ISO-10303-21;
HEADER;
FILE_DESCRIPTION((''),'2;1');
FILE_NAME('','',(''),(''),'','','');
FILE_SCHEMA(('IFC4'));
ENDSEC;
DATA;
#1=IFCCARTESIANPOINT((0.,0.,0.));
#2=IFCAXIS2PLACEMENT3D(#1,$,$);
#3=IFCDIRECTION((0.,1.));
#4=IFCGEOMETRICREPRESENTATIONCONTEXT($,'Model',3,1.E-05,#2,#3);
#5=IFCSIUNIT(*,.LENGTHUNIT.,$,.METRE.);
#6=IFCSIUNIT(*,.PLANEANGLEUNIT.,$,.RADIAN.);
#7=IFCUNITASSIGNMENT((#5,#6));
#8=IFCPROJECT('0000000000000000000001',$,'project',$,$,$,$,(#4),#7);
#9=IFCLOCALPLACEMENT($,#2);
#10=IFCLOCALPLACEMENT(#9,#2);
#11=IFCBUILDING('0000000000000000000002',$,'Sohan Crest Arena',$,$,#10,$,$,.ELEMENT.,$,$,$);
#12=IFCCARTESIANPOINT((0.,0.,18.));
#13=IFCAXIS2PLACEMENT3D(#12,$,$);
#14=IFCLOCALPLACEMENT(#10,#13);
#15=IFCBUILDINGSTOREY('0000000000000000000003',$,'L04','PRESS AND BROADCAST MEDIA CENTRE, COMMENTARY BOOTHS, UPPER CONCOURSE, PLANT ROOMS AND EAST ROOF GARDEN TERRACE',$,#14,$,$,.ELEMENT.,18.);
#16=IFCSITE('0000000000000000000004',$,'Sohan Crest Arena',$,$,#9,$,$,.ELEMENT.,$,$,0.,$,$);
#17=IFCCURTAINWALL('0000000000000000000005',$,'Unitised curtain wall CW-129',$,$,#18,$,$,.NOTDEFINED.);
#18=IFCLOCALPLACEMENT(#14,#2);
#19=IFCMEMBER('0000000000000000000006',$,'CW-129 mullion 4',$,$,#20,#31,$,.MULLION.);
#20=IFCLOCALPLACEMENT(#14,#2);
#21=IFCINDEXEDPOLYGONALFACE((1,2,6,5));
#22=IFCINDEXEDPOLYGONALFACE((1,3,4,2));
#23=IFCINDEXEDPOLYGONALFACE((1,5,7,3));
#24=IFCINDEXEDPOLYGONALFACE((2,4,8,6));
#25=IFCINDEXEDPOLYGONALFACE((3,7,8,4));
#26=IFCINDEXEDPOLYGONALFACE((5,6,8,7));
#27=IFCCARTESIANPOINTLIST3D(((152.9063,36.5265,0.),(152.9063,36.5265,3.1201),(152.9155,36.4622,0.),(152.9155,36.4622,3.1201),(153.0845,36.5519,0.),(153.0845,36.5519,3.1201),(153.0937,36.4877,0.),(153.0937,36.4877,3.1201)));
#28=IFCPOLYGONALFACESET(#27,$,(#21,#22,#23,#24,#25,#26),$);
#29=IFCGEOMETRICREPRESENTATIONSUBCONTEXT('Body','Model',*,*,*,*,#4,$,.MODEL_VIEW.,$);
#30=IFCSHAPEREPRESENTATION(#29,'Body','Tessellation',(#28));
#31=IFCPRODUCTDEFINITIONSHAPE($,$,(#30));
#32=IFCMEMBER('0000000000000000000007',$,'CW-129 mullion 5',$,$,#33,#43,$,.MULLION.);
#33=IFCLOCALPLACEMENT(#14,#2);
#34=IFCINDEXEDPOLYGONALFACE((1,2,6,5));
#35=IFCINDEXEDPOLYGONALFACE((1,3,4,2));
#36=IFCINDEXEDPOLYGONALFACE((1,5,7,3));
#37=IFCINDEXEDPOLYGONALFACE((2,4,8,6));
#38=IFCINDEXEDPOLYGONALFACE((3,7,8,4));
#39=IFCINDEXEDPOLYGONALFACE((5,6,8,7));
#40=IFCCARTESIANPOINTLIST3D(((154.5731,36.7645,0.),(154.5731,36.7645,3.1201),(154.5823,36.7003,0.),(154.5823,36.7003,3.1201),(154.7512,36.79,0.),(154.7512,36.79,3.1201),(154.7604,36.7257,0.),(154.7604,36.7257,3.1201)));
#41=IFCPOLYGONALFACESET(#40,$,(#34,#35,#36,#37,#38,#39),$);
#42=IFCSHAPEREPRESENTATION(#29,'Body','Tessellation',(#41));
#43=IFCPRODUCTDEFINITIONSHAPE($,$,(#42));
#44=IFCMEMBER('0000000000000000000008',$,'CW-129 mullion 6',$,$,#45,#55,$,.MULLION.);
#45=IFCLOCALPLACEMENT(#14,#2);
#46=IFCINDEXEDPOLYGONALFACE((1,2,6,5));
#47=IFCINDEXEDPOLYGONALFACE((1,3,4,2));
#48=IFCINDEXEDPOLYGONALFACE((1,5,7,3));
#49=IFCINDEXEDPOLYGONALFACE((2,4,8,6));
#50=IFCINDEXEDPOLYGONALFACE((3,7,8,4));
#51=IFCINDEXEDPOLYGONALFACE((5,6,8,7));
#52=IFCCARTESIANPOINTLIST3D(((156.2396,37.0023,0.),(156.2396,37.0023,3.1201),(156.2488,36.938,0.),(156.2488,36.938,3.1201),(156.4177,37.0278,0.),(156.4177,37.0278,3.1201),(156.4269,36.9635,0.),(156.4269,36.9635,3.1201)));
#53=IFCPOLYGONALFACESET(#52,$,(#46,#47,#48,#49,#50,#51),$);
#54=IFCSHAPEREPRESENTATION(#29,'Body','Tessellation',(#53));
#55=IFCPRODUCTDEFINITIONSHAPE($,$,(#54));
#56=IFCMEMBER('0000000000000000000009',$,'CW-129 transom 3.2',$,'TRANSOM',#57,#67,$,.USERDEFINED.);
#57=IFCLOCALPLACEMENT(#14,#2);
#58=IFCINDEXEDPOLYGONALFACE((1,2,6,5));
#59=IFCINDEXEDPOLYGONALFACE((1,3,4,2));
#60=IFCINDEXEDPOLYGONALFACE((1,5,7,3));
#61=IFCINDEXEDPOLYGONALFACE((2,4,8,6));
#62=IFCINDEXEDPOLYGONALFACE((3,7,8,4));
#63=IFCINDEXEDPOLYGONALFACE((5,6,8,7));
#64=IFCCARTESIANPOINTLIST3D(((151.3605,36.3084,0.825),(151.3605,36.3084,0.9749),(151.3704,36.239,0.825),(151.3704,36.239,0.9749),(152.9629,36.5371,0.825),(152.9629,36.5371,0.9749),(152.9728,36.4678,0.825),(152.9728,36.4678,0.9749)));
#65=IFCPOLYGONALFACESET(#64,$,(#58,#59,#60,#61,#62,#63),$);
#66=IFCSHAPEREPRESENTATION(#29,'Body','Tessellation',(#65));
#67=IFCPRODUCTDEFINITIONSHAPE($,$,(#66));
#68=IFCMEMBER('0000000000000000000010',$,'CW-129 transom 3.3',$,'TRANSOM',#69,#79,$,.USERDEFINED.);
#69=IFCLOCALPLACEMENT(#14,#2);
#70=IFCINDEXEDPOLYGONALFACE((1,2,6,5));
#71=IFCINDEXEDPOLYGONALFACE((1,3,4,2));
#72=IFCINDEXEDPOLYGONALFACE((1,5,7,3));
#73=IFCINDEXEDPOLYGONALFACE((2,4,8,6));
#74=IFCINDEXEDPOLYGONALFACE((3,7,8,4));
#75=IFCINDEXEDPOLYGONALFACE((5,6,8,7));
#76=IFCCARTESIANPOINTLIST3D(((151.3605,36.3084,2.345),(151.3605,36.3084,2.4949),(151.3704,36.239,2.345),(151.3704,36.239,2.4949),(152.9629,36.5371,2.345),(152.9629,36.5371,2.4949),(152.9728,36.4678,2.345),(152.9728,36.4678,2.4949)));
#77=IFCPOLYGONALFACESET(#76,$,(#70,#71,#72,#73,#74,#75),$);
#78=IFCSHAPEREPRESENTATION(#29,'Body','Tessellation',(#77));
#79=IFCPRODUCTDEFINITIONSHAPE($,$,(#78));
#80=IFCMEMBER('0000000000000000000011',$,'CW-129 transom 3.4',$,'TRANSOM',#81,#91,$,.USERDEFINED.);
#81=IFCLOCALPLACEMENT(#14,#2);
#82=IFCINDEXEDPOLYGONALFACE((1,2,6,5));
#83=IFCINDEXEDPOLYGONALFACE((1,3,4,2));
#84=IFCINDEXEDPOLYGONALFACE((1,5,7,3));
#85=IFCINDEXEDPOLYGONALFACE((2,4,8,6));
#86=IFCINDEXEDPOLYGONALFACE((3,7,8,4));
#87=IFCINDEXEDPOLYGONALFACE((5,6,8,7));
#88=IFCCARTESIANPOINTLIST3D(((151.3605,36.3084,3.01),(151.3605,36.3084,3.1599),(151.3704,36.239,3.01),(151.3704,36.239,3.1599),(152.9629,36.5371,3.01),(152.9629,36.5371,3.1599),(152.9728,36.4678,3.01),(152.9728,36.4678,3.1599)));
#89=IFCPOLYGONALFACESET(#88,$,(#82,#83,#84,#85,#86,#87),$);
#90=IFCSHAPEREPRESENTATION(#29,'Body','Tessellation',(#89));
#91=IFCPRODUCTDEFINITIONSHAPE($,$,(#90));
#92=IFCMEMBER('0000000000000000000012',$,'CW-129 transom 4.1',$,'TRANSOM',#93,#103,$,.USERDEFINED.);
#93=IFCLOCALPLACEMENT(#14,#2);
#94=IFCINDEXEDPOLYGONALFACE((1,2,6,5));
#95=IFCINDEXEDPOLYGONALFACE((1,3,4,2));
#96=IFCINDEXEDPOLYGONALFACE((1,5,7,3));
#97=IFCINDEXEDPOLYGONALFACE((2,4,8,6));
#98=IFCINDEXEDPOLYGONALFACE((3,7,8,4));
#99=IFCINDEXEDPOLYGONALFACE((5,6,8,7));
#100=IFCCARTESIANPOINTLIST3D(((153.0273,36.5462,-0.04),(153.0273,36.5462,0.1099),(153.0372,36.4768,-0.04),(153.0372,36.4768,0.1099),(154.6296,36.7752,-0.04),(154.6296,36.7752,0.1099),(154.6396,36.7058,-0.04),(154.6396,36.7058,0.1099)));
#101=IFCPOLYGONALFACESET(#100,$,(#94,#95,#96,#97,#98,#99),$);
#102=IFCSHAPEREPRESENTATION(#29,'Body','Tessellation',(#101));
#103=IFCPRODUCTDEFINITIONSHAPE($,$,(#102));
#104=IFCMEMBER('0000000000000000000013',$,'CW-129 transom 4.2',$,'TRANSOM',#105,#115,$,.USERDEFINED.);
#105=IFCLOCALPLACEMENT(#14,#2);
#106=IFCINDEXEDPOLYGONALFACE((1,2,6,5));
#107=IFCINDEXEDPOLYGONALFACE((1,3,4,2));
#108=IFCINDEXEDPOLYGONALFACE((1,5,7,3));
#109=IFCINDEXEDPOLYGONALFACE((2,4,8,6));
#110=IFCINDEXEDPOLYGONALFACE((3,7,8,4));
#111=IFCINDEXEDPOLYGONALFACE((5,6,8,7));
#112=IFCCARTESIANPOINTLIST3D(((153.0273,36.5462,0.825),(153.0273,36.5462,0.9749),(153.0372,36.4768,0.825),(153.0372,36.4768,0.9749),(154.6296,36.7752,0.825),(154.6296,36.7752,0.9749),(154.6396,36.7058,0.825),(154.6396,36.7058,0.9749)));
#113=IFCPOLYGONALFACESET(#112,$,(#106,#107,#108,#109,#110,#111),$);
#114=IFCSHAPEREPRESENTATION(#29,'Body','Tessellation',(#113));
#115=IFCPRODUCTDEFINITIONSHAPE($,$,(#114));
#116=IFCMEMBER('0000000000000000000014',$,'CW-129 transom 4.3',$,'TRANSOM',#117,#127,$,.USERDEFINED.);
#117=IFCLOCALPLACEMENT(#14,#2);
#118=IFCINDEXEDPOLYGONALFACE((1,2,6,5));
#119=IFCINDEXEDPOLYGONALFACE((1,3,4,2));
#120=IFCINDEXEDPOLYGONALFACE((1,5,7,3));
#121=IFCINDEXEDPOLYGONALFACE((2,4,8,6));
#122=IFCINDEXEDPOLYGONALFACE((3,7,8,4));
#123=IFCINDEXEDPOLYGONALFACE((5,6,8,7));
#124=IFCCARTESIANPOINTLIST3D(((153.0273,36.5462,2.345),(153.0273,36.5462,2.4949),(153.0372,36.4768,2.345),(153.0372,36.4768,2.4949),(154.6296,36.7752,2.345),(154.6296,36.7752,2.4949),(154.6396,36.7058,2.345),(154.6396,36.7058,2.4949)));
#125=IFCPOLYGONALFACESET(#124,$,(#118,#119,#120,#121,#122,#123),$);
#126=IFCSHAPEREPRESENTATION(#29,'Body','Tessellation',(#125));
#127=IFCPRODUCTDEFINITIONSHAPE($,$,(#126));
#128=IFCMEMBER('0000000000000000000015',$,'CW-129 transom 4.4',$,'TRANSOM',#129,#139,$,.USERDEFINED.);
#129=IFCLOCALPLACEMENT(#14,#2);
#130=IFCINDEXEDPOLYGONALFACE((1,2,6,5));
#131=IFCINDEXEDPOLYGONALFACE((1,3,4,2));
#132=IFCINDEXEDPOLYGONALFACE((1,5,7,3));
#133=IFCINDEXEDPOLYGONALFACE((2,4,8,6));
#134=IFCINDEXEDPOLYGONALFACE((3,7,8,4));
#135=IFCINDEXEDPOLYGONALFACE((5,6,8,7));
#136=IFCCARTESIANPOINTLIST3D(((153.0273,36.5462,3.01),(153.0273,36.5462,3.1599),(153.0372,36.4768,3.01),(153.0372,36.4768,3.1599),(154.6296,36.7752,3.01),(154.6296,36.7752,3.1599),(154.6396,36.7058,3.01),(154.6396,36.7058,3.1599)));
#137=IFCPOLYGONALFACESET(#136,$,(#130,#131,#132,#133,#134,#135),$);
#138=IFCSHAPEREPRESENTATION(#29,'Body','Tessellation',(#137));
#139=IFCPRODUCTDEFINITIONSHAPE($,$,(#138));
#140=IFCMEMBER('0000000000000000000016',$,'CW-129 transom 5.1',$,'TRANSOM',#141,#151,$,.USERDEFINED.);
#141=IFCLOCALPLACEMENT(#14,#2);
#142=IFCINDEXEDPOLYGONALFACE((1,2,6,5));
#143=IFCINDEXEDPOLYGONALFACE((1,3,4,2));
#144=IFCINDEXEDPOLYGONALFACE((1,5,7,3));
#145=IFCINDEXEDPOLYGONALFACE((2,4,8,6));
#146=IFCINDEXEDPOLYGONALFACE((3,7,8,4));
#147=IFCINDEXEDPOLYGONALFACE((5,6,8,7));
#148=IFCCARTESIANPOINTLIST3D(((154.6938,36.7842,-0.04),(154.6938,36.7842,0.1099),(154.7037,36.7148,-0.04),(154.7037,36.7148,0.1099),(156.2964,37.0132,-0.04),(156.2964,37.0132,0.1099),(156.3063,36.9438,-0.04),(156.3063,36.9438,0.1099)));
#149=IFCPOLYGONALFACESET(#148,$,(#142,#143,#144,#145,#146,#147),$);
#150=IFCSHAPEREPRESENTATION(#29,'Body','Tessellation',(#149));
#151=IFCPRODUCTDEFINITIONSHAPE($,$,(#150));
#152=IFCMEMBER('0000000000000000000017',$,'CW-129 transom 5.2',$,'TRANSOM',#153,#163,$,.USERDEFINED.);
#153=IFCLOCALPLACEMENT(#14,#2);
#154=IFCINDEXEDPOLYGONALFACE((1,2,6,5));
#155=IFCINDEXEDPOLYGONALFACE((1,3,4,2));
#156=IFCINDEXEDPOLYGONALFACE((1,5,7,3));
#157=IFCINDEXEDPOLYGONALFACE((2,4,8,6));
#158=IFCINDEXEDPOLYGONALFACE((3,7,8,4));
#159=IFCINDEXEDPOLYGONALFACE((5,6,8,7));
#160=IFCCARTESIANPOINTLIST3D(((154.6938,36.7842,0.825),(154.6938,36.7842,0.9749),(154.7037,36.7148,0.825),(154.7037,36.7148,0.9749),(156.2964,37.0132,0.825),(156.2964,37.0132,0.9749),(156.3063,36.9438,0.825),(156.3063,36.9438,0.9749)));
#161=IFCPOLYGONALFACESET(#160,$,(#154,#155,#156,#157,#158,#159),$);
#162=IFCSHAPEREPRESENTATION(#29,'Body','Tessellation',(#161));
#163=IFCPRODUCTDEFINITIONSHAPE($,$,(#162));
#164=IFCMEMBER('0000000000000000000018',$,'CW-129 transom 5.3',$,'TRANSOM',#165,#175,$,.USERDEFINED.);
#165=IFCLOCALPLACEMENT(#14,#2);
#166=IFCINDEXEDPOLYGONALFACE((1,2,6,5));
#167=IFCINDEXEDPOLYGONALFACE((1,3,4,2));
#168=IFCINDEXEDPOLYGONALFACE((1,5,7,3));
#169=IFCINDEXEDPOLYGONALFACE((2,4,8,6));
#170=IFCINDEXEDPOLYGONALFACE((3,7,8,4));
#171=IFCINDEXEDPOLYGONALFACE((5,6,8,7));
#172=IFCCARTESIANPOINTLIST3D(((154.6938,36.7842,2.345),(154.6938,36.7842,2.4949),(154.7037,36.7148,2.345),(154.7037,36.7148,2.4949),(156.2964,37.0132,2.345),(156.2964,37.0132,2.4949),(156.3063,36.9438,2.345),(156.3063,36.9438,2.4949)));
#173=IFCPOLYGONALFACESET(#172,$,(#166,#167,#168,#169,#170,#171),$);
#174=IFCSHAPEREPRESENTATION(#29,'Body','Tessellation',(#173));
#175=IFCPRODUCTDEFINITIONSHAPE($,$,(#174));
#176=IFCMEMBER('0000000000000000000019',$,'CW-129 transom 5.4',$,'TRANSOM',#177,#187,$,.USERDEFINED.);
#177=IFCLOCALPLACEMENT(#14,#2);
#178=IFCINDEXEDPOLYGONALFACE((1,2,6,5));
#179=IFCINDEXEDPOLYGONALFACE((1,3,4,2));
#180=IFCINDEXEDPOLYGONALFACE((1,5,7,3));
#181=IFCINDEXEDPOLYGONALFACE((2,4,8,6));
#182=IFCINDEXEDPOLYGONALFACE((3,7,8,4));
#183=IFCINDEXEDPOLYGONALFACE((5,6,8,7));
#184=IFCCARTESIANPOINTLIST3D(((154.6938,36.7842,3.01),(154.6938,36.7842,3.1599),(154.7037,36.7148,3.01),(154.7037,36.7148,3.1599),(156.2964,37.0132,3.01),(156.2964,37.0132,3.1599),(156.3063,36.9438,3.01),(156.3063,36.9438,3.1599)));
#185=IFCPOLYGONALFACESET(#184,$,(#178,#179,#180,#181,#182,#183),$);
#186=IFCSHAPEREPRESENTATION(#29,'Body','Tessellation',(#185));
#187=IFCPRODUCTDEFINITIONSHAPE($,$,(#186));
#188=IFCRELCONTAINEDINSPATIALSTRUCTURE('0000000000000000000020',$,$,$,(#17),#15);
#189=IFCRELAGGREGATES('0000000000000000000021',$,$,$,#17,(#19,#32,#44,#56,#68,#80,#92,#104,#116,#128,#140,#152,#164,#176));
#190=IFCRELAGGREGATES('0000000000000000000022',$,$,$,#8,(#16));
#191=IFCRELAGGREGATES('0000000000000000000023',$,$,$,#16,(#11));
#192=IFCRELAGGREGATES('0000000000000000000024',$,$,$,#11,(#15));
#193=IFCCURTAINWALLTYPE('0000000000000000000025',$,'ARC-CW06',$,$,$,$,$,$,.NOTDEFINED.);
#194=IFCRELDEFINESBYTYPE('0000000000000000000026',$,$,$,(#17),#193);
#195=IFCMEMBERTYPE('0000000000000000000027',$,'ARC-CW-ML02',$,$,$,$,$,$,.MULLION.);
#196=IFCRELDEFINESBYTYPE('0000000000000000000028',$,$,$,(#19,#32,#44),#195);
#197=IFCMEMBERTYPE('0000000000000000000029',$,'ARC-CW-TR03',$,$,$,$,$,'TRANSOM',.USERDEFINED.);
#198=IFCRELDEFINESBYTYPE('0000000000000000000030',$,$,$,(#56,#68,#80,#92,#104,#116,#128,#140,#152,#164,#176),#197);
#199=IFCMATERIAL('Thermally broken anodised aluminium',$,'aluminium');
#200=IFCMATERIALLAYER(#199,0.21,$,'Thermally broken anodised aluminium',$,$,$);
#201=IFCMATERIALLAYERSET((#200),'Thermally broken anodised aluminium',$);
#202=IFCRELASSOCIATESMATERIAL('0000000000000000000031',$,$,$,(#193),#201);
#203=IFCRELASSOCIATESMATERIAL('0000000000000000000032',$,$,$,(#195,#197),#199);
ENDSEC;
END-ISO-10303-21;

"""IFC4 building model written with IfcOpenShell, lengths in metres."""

from ifc_helpers import new_model, si_unit, direction, frame, origin, origin_2d, place, context, subcontext, project, spatial, rectangle, extrude, material, layer, layer_set, material_profile, profile_set, type_object, element, aggregate, save


model = new_model("IFC4")

# Units and contexts
model_context = context("Model", 3, precision=1e-05, world=origin(), true_north=direction((0.0, 1.0)))
body_context = subcontext(model_context, "Body", "Model", "MODEL_VIEW")
ifc_project = project(units=[si_unit("LENGTHUNIT", "METRE"), si_unit("PLANEANGLEUNIT", "RADIAN")], contexts=[model_context])

# Site, building, storey
site_placement = place(None, origin())
site = spatial("IfcSite", under=ifc_project, at=site_placement, Name="Sohan Crest Arena", CompositionType="ELEMENT", RefElevation=0.0)
building_placement = place(site_placement, origin())
building = spatial("IfcBuilding", under=site, at=building_placement, Name="Sohan Crest Arena", CompositionType="ELEMENT")
storey_placement = place(building_placement, frame((0.0, 0.0, 18.0)))
storey = spatial("IfcBuildingStorey", under=building, at=storey_placement, Name="L04", Description="PRESS AND BROADCAST MEDIA CENTRE, COMMENTARY BOOTHS, UPPER CONCOURSE, PLANT ROOMS AND EAST ROOF GARDEN TERRACE", CompositionType="ELEMENT", Elevation=18.0)

# Curtain wall, members
ifc_material_1 = material(Name="Thermally broken anodised aluminium", Category="aluminium")
ifc_layer_1 = layer(ifc_material_1, 0.21, Name="Thermally broken anodised aluminium")
ifc_layer_set_1 = layer_set([ifc_layer_1], Name="Thermally broken anodised aluminium")
curtain_wall_type = type_object("IfcCurtainWallType", Name="ARC-CW06", PredefinedType="NOTDEFINED", material=ifc_layer_set_1)
curtain_wall_placement = place(storey_placement, origin())
curtain_wall = element("IfcCurtainWall", 1, at=curtain_wall_placement, inside=storey, type_object=curtain_wall_type, Name="Unitised curtain wall CW-129", PredefinedType="NOTDEFINED")
ifc_material_profile_1 = material_profile(ifc_material_1, rectangle(XDim=0.0649, YDim=0.1799, at=origin_2d()), Name="ALU-MULL 65x180")
ifc_profile_set_1 = profile_set([ifc_material_profile_1], Name="Thermally broken anodised aluminium")
member_type_1 = type_object("IfcMemberType", Name="ARC-CW-ML02", PredefinedType="MULLION", material=ifc_profile_set_1)
member_1_placement = place(storey_placement, frame((153.0, 36.5071, 0.0), z_axis=(0.0, 0.0, 1.0), x_axis=(-0.141366, 0.989957, 0.0)))
member_1 = element("IfcMember", 2, at=member_1_placement, type_object=member_type_1, Name="CW-129 mullion 4", PredefinedType="MULLION", context=body_context, shape_type="SweptSolid", body=[
    extrude(rectangle(XDim=0.0649, YDim=0.1799, at=origin_2d()), origin(), (0.0, 0.0, 1.0), 3.1201),
])
member_2_placement = place(storey_placement, frame((154.6667, 36.7451, 0.0), z_axis=(0.0, 0.0, 1.0), x_axis=(-0.141366, 0.989957, 0.0)))
member_2 = element("IfcMember", 3, at=member_2_placement, type_object=member_type_1, Name="CW-129 mullion 5", PredefinedType="MULLION", context=body_context, shape_type="SweptSolid", body=[
    extrude(rectangle(XDim=0.0649, YDim=0.1799, at=origin_2d()), origin(), (0.0, 0.0, 1.0), 3.1201),
])
member_3_placement = place(storey_placement, frame((156.3333, 36.9829, 0.0), z_axis=(0.0, 0.0, 1.0), x_axis=(-0.141366, 0.989957, 0.0)))
member_3 = element("IfcMember", 4, at=member_3_placement, type_object=member_type_1, Name="CW-129 mullion 6", PredefinedType="MULLION", context=body_context, shape_type="SweptSolid", body=[
    extrude(rectangle(XDim=0.0649, YDim=0.1799, at=origin_2d()), origin(), (0.0, 0.0, 1.0), 3.1201),
])
ifc_material_profile_2 = material_profile(ifc_material_1, rectangle(XDim=0.0701, YDim=0.1499, at=origin_2d()), Name="ALU-TRAN 70x150")
ifc_profile_set_2 = profile_set([ifc_material_profile_2], Name="Thermally broken anodised aluminium")
member_type_2 = type_object("IfcMemberType", Name="ARC-CW-TR03", ElementType="TRANSOM", PredefinedType="USERDEFINED", material=ifc_profile_set_2)
member_4_placement = place(storey_placement, frame((151.3655, 36.2737, 0.8999), z_axis=(0.989962, 0.141337, 0.0), x_axis=(-0.141337, 0.989962, 0.0)))
member_4 = element("IfcMember", 5, at=member_4_placement, type_object=member_type_2, Name="CW-129 transom 3.2", ObjectType="TRANSOM", PredefinedType="USERDEFINED", context=body_context, shape_type="SweptSolid", body=[
    extrude(rectangle(XDim=0.0701, YDim=0.1499, at=origin_2d()), origin(), (0.0, 0.0, 1.0), 1.6187),
])
member_5_placement = place(storey_placement, frame((151.3655, 36.2737, 2.4199), z_axis=(0.989962, 0.141337, 0.0), x_axis=(-0.141337, 0.989962, 0.0)))
member_5 = element("IfcMember", 6, at=member_5_placement, type_object=member_type_2, Name="CW-129 transom 3.3", ObjectType="TRANSOM", PredefinedType="USERDEFINED", context=body_context, shape_type="SweptSolid", body=[
    extrude(rectangle(XDim=0.0701, YDim=0.1499, at=origin_2d()), origin(), (0.0, 0.0, 1.0), 1.6187),
])
member_6_placement = place(storey_placement, frame((151.3655, 36.2737, 3.085), z_axis=(0.989962, 0.141337, 0.0), x_axis=(-0.141337, 0.989962, 0.0)))
member_6 = element("IfcMember", 7, at=member_6_placement, type_object=member_type_2, Name="CW-129 transom 3.4", ObjectType="TRANSOM", PredefinedType="USERDEFINED", context=body_context, shape_type="SweptSolid", body=[
    extrude(rectangle(XDim=0.0701, YDim=0.1499, at=origin_2d()), origin(), (0.0, 0.0, 1.0), 1.6187),
])
member_7_placement = place(storey_placement, frame((153.0322, 36.5115, 0.0349), z_axis=(0.98994, 0.141485, 0.0), x_axis=(-0.141485, 0.98994, 0.0)))
member_7 = element("IfcMember", 8, at=member_7_placement, type_object=member_type_2, Name="CW-129 transom 4.1", ObjectType="TRANSOM", PredefinedType="USERDEFINED", context=body_context, shape_type="SweptSolid", body=[
    extrude(rectangle(XDim=0.0701, YDim=0.1499, at=origin_2d()), origin(), (0.0, 0.0, 1.0), 1.6187),
])
member_8_placement = place(storey_placement, frame((153.0322, 36.5115, 0.8999), z_axis=(0.98994, 0.141485, 0.0), x_axis=(-0.141485, 0.98994, 0.0)))
member_8 = element("IfcMember", 9, at=member_8_placement, type_object=member_type_2, Name="CW-129 transom 4.2", ObjectType="TRANSOM", PredefinedType="USERDEFINED", context=body_context, shape_type="SweptSolid", body=[
    extrude(rectangle(XDim=0.0701, YDim=0.1499, at=origin_2d()), origin(), (0.0, 0.0, 1.0), 1.6187),
])
member_9_placement = place(storey_placement, frame((153.0322, 36.5115, 2.4199), z_axis=(0.98994, 0.141485, 0.0), x_axis=(-0.141485, 0.98994, 0.0)))
member_9 = element("IfcMember", 10, at=member_9_placement, type_object=member_type_2, Name="CW-129 transom 4.3", ObjectType="TRANSOM", PredefinedType="USERDEFINED", context=body_context, shape_type="SweptSolid", body=[
    extrude(rectangle(XDim=0.0701, YDim=0.1499, at=origin_2d()), origin(), (0.0, 0.0, 1.0), 1.6187),
])
member_10_placement = place(storey_placement, frame((153.0322, 36.5115, 3.085), z_axis=(0.98994, 0.141485, 0.0), x_axis=(-0.141485, 0.98994, 0.0)))
member_10 = element("IfcMember", 11, at=member_10_placement, type_object=member_type_2, Name="CW-129 transom 4.4", ObjectType="TRANSOM", PredefinedType="USERDEFINED", context=body_context, shape_type="SweptSolid", body=[
    extrude(rectangle(XDim=0.0701, YDim=0.1499, at=origin_2d()), origin(), (0.0, 0.0, 1.0), 1.6187),
])
member_11_placement = place(storey_placement, frame((154.6987, 36.7495, 0.0349), z_axis=(0.989943, 0.141464, 0.0), x_axis=(-0.141464, 0.989943, 0.0)))
member_11 = element("IfcMember", 12, at=member_11_placement, type_object=member_type_2, Name="CW-129 transom 5.1", ObjectType="TRANSOM", PredefinedType="USERDEFINED", context=body_context, shape_type="SweptSolid", body=[
    extrude(rectangle(XDim=0.0701, YDim=0.1499, at=origin_2d()), origin(), (0.0, 0.0, 1.0), 1.6189),
])
member_12_placement = place(storey_placement, frame((154.6987, 36.7495, 0.8999), z_axis=(0.989943, 0.141464, 0.0), x_axis=(-0.141464, 0.989943, 0.0)))
member_12 = element("IfcMember", 13, at=member_12_placement, type_object=member_type_2, Name="CW-129 transom 5.2", ObjectType="TRANSOM", PredefinedType="USERDEFINED", context=body_context, shape_type="SweptSolid", body=[
    extrude(rectangle(XDim=0.0701, YDim=0.1499, at=origin_2d()), origin(), (0.0, 0.0, 1.0), 1.6189),
])
member_13_placement = place(storey_placement, frame((154.6987, 36.7495, 2.4199), z_axis=(0.989943, 0.141464, 0.0), x_axis=(-0.141464, 0.989943, 0.0)))
member_13 = element("IfcMember", 14, at=member_13_placement, type_object=member_type_2, Name="CW-129 transom 5.3", ObjectType="TRANSOM", PredefinedType="USERDEFINED", context=body_context, shape_type="SweptSolid", body=[
    extrude(rectangle(XDim=0.0701, YDim=0.1499, at=origin_2d()), origin(), (0.0, 0.0, 1.0), 1.6189),
])
member_14_placement = place(storey_placement, frame((154.6987, 36.7495, 3.085), z_axis=(0.989943, 0.141464, 0.0), x_axis=(-0.141464, 0.989943, 0.0)))
member_14 = element("IfcMember", 15, at=member_14_placement, type_object=member_type_2, Name="CW-129 transom 5.4", ObjectType="TRANSOM", PredefinedType="USERDEFINED", context=body_context, shape_type="SweptSolid", body=[
    extrude(rectangle(XDim=0.0701, YDim=0.1499, at=origin_2d()), origin(), (0.0, 0.0, 1.0), 1.6189),
])
aggregate(curtain_wall, [member_1, member_2, member_3, member_4, member_5, member_6, member_7, member_8, member_9, member_10, member_11, member_12, member_13, member_14])

save(model, "model.ifc")
